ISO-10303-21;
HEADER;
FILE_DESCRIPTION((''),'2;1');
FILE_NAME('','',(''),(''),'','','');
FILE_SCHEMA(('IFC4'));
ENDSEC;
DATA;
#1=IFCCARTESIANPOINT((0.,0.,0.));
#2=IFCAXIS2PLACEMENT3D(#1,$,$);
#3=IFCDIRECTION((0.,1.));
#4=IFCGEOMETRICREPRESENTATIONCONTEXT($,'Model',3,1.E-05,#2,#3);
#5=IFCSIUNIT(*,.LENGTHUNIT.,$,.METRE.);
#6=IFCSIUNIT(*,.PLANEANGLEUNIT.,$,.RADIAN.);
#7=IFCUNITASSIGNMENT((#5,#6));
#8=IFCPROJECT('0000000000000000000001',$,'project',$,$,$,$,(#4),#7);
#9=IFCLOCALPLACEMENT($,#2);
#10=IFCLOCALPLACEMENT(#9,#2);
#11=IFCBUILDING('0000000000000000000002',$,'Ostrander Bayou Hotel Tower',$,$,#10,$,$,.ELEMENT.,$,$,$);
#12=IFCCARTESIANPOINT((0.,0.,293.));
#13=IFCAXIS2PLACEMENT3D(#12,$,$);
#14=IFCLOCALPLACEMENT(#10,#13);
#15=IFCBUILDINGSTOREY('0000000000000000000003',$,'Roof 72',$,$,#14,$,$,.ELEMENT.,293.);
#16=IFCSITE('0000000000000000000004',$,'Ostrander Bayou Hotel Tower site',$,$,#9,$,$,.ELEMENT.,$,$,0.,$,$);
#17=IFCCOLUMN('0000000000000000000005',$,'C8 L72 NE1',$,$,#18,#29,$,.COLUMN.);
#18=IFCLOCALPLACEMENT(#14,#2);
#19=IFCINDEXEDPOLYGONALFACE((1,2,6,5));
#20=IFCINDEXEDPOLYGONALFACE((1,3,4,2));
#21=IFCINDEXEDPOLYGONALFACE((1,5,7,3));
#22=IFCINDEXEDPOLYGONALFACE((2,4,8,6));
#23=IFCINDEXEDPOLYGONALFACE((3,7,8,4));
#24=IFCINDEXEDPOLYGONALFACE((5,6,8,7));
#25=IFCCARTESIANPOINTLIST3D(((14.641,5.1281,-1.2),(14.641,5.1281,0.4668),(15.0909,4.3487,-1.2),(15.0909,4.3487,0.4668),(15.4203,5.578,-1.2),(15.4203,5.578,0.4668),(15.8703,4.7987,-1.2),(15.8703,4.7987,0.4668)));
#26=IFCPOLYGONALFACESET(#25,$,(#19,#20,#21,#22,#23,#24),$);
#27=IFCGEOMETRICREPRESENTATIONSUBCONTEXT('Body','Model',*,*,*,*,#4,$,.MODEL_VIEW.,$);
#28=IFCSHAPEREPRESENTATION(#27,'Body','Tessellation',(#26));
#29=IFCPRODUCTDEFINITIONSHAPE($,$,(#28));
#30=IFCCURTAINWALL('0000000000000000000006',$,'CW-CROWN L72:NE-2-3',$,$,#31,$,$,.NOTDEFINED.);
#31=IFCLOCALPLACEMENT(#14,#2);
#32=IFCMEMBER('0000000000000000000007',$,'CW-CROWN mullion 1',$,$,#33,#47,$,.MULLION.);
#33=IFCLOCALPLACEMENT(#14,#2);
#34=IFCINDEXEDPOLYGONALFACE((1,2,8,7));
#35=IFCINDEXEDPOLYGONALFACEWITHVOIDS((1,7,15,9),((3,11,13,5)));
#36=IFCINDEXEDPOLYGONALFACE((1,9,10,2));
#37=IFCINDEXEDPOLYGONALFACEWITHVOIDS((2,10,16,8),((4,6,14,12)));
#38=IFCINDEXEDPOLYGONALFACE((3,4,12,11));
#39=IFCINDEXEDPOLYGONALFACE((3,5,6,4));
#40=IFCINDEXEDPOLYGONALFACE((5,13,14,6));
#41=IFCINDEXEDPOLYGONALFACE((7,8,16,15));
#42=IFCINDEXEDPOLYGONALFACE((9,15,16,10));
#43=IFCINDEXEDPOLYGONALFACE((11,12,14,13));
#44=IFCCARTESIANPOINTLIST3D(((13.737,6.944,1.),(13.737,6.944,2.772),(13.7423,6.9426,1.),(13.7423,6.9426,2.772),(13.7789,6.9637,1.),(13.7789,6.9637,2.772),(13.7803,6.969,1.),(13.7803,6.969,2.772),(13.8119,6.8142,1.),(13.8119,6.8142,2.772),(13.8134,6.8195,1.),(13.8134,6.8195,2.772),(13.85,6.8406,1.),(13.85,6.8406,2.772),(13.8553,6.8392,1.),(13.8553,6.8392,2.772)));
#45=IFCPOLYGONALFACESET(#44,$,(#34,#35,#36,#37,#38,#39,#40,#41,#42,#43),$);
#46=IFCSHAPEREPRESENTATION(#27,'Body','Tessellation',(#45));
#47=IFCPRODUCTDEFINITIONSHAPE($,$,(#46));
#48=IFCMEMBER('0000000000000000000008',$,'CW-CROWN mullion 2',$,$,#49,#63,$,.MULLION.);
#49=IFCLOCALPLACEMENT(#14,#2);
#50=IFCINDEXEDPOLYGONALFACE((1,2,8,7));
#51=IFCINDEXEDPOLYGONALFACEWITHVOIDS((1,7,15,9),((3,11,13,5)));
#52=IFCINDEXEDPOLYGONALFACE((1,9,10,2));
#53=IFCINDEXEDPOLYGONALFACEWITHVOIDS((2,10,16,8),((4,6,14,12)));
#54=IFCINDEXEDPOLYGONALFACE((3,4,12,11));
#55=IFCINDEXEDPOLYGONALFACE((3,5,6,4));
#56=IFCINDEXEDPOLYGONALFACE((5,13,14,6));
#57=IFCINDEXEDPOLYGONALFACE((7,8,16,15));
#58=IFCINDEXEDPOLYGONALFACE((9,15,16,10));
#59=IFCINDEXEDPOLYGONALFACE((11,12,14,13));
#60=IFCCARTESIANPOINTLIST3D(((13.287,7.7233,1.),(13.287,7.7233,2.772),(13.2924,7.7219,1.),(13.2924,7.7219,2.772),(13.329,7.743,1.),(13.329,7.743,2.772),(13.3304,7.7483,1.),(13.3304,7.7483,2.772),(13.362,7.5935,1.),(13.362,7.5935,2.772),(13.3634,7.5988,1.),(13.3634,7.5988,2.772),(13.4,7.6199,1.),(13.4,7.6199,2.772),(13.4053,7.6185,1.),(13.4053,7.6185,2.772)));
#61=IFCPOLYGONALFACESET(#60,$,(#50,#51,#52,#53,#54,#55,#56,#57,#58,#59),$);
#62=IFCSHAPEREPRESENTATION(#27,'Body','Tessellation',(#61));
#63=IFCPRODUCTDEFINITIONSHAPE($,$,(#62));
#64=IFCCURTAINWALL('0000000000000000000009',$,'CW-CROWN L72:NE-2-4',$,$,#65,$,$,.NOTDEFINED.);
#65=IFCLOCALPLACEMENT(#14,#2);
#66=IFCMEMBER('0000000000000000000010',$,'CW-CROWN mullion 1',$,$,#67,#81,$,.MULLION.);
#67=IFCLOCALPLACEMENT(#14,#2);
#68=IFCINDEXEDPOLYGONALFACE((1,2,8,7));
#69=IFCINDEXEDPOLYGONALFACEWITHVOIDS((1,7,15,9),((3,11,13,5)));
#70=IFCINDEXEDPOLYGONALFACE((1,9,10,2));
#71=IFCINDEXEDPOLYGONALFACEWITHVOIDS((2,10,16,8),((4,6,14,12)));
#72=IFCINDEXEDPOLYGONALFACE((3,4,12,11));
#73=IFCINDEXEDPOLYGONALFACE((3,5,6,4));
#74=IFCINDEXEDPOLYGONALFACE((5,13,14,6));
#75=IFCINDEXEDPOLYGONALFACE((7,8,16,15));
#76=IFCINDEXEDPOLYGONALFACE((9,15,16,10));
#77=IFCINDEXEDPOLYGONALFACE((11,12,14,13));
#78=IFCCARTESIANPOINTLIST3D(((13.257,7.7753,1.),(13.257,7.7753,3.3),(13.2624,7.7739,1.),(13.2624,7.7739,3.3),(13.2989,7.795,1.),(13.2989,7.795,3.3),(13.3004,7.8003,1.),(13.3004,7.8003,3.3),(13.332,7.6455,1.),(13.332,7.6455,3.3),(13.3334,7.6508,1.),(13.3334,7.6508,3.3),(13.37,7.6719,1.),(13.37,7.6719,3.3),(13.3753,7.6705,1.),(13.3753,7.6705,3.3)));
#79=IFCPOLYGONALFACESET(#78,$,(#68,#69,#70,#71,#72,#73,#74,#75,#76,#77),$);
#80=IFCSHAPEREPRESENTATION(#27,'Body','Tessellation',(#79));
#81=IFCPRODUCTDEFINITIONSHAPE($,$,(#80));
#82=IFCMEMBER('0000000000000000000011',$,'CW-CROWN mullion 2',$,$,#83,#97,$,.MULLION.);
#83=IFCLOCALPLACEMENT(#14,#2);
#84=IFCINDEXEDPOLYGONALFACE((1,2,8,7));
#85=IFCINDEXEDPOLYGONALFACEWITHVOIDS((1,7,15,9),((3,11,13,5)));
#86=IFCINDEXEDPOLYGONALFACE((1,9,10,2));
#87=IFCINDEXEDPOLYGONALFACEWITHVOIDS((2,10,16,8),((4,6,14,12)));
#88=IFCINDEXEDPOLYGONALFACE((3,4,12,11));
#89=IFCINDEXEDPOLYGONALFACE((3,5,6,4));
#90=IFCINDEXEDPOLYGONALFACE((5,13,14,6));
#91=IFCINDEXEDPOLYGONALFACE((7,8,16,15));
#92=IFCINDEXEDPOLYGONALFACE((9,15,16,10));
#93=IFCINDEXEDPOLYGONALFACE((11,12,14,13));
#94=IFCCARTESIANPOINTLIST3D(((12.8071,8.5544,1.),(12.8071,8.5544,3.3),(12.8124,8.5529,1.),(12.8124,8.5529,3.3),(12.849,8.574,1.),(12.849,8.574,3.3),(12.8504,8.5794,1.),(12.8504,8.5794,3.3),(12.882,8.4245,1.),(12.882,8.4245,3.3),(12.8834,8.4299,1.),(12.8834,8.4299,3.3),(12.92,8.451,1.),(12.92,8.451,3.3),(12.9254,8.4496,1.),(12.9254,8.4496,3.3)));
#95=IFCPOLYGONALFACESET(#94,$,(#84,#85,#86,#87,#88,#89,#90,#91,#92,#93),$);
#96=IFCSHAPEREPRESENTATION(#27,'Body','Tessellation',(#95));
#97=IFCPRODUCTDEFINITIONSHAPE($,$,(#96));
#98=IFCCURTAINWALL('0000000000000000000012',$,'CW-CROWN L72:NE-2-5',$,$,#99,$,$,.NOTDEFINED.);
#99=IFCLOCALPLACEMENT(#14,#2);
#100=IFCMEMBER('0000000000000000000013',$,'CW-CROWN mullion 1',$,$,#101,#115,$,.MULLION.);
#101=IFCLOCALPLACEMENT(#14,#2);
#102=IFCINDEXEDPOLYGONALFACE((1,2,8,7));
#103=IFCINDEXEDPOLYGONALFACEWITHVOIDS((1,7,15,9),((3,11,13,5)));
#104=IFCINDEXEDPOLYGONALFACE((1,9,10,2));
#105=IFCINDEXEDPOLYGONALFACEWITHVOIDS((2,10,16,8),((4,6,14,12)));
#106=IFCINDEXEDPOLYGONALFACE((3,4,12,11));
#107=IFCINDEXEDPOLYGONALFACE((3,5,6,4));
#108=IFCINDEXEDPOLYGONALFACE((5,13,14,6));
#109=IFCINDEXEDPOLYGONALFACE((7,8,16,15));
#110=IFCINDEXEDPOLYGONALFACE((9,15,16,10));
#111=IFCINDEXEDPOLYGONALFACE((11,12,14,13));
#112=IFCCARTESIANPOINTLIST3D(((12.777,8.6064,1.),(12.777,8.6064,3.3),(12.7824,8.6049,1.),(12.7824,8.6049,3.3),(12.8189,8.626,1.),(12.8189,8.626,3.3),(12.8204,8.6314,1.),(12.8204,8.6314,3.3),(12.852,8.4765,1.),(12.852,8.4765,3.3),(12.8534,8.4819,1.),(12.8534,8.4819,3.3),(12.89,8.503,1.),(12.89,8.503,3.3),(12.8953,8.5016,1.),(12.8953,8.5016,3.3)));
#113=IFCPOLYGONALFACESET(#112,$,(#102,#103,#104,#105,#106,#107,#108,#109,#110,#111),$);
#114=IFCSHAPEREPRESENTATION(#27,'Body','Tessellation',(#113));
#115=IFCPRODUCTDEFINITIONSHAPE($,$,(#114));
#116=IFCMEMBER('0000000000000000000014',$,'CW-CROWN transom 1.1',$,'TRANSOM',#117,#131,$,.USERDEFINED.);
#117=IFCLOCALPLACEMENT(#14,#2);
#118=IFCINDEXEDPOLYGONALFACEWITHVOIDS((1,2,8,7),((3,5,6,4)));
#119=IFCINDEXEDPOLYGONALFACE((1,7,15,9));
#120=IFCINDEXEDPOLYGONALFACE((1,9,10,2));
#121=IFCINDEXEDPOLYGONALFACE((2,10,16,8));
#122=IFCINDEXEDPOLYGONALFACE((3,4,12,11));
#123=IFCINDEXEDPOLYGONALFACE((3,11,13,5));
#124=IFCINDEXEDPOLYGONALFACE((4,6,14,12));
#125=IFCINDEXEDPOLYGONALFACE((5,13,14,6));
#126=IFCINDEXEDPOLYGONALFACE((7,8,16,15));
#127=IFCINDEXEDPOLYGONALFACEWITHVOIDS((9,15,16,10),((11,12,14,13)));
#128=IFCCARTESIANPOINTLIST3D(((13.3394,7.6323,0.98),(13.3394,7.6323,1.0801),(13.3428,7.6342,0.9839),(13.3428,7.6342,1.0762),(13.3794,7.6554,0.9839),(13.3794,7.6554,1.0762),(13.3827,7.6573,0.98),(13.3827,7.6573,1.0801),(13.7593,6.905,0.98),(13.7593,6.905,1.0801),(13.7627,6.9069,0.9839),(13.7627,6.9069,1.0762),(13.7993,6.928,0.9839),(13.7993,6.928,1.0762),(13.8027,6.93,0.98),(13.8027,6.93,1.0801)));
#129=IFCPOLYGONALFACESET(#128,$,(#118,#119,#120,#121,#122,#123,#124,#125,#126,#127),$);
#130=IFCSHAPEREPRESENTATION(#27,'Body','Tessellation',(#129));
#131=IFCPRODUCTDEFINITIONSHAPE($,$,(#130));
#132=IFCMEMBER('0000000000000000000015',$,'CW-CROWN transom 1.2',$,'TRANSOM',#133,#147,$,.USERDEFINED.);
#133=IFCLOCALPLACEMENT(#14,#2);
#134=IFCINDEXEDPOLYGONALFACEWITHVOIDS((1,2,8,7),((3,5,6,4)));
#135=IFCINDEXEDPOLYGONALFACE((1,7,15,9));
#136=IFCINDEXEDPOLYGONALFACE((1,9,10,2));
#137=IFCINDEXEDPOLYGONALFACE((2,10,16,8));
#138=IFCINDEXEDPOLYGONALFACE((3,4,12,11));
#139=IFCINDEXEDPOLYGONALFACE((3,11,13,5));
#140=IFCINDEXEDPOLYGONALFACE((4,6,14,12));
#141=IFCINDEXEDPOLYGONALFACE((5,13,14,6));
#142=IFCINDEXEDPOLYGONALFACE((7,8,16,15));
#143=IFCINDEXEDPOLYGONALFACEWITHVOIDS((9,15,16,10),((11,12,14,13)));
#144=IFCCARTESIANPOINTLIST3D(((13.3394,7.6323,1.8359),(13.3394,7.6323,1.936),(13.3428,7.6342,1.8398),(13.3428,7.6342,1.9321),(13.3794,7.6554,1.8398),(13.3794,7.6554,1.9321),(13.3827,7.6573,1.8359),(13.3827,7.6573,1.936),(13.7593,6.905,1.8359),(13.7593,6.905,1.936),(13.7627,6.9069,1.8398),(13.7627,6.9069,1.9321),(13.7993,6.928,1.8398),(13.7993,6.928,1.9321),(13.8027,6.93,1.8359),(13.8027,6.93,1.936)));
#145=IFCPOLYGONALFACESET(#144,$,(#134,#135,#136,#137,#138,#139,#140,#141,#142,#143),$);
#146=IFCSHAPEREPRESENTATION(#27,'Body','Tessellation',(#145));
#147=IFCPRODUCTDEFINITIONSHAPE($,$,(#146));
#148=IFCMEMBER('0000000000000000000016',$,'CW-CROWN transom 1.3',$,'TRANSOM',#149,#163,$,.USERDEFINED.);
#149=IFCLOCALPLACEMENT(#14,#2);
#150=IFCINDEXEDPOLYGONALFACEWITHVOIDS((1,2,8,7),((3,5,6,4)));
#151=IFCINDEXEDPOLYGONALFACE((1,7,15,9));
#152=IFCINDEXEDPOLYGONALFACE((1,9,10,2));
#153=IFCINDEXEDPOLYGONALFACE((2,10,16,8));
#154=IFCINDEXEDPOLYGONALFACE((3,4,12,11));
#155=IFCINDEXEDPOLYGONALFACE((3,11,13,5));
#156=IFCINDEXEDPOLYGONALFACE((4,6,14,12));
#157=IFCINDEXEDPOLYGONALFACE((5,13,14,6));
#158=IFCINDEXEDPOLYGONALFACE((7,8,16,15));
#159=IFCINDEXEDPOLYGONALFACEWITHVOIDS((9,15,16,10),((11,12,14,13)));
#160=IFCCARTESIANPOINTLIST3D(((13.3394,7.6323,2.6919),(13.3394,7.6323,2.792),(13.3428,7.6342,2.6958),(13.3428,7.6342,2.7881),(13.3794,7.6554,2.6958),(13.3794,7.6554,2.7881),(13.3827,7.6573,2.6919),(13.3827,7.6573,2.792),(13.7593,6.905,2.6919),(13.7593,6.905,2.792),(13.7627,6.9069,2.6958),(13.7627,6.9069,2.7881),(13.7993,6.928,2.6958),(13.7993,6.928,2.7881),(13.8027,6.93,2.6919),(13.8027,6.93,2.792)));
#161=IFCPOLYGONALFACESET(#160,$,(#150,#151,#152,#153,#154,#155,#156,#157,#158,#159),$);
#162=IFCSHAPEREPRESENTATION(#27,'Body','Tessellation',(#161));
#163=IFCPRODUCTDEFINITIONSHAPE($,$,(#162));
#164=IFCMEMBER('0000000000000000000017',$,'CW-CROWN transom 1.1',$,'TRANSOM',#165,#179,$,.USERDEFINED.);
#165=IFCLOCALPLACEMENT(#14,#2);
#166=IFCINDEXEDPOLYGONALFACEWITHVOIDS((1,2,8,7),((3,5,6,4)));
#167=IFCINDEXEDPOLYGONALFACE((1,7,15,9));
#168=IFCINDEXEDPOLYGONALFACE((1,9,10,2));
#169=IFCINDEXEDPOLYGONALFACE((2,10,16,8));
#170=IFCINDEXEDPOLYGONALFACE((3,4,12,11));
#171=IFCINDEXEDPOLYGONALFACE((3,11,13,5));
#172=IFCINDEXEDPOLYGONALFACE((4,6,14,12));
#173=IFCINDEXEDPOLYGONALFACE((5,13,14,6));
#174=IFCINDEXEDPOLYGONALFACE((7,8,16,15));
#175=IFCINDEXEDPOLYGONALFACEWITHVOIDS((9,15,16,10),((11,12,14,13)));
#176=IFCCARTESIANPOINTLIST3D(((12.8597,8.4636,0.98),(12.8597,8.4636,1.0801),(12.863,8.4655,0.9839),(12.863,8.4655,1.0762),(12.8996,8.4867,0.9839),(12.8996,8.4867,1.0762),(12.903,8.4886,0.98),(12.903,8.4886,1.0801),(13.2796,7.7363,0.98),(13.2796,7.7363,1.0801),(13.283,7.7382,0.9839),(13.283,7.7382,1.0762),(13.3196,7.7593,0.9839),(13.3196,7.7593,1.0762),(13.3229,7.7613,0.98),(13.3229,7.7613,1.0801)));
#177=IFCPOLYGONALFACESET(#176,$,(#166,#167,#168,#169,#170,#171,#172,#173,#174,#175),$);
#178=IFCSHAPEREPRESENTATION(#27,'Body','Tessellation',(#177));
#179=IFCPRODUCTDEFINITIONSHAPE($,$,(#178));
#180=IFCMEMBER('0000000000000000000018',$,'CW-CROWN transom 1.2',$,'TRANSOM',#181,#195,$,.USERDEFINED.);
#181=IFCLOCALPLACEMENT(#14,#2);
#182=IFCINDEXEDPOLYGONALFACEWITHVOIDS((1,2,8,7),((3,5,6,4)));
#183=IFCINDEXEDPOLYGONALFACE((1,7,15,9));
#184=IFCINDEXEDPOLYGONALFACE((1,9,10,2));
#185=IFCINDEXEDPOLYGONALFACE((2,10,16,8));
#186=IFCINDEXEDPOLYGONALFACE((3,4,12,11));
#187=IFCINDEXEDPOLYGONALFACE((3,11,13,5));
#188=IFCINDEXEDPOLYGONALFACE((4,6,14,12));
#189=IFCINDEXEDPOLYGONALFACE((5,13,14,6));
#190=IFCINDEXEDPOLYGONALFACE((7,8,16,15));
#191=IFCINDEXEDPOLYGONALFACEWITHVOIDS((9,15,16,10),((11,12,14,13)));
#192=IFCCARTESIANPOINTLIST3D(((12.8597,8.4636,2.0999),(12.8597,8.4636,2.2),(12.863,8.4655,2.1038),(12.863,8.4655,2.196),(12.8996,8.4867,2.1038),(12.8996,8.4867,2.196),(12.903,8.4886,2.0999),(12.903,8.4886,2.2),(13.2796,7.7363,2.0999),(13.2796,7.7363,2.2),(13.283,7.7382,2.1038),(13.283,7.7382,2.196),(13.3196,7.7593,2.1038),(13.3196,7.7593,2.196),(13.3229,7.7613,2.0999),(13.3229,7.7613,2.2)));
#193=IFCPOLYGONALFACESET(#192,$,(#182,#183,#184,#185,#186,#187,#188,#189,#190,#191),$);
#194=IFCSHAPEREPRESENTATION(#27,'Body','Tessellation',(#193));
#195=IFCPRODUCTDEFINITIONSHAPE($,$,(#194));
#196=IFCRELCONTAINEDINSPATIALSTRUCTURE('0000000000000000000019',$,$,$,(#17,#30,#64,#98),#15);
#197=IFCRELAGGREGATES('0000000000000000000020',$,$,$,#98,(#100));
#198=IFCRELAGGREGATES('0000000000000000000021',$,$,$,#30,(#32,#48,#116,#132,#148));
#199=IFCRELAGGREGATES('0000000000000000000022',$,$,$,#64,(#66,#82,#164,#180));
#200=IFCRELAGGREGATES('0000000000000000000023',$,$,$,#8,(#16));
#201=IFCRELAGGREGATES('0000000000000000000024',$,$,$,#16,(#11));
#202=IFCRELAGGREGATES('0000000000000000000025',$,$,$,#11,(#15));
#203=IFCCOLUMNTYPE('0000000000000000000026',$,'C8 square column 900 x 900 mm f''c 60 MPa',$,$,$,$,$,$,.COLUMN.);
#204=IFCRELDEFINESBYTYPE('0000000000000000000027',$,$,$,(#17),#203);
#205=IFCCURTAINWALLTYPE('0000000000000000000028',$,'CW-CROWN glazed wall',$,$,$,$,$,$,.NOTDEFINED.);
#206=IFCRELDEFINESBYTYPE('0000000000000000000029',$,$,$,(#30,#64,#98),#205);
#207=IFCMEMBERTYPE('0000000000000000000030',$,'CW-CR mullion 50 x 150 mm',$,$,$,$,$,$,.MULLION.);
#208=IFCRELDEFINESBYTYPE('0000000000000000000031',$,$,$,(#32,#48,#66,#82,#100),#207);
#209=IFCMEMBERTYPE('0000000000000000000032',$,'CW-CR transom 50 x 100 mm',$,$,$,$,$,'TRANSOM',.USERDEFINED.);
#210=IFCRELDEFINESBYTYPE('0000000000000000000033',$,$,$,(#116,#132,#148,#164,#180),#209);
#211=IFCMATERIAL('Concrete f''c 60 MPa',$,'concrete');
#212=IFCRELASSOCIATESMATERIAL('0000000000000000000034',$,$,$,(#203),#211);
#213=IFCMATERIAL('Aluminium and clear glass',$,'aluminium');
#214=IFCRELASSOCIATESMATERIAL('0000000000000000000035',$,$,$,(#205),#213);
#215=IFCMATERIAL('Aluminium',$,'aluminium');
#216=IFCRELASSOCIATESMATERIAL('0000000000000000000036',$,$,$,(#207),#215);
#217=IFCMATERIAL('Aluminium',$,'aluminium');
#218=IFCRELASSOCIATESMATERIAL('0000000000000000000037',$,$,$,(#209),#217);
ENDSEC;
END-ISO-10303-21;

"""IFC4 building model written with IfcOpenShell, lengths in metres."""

from ifc_helpers import new_model, si_unit, direction, frame, origin, origin_2d, place, context, subcontext, project, spatial, rectangle, hollow_rectangle, extrude, material, material_profile, profile_set, type_object, element, aggregate, save


model = new_model("IFC4")

# Units and contexts
model_context = context("Model", 3, precision=1e-05, world=origin(), true_north=direction((0.0, 1.0)))
body_context = subcontext(model_context, "Body", "Model", "MODEL_VIEW")
ifc_project = project(units=[si_unit("LENGTHUNIT", "METRE"), si_unit("PLANEANGLEUNIT", "RADIAN")], contexts=[model_context])

# Site, building, storey
site_placement = place(None, origin())
site = spatial("IfcSite", under=ifc_project, at=site_placement, Name="Ostrander Bayou Hotel Tower site", CompositionType="ELEMENT", RefElevation=0.0)
building_placement = place(site_placement, origin())
building = spatial("IfcBuilding", under=site, at=building_placement, Name="Ostrander Bayou Hotel Tower", CompositionType="ELEMENT")
storey_placement = place(building_placement, frame((0.0, 0.0, 293.0)))
storey = spatial("IfcBuildingStorey", under=building, at=storey_placement, Name="Roof 72", CompositionType="ELEMENT", Elevation=293.0)

# Column
ifc_material_1 = material(Name="Concrete f'c 60 MPa", Category="concrete")
ifc_material_profile_1 = material_profile(ifc_material_1, rectangle(XDim=0.8999, YDim=0.8999, at=origin_2d()))
ifc_profile_set_1 = profile_set([ifc_material_profile_1], Name="Concrete f'c 60 MPa")
column_type = type_object("IfcColumnType", Name="C8 square column 900 x 900 mm f'c 60 MPa", PredefinedType="COLUMN", material=ifc_profile_set_1)
column_placement = place(storey_placement, frame((15.2556, 4.9634, -1.2), z_axis=(0.0, 0.0, 1.0), x_axis=(0.5, -0.866025, 0.0)))
element("IfcColumn", 1, at=column_placement, inside=storey, type_object=column_type, Name="C8 L72 NE1", PredefinedType="COLUMN", context=body_context, shape_type="SweptSolid", body=[
    extrude(rectangle(XDim=0.8999, YDim=0.8999, at=origin_2d()), origin(), (0.0, 0.0, 1.0), 1.6667),
])

# Curtain walls, members
ifc_material_2 = material(Name="Aluminium and clear glass", Category="aluminium")
curtain_wall_type = type_object("IfcCurtainWallType", Name="CW-CROWN glazed wall", PredefinedType="NOTDEFINED", material=ifc_material_2)
curtain_wall_1_placement = place(storey_placement, origin())
curtain_wall_1 = element("IfcCurtainWall", 2, at=curtain_wall_1_placement, inside=storey, type_object=curtain_wall_type, Name="CW-CROWN L72:NE-2-3", PredefinedType="NOTDEFINED")
ifc_material_3 = material(Name="Aluminium", Category="aluminium")
ifc_material_profile_2 = material_profile(ifc_material_3, hollow_rectangle(XDim=0.05, YDim=0.1499, WallThickness=0.0039, at=origin_2d()))
ifc_profile_set_2 = profile_set([ifc_material_profile_2], Name="Aluminium")
member_type_1 = type_object("IfcMemberType", Name="CW-CR mullion 50 x 150 mm", PredefinedType="MULLION", material=ifc_profile_set_2)
member_1_placement = place(storey_placement, frame((13.7961, 6.8916, 1.0), z_axis=(0.0, 0.0, 1.0), x_axis=(-0.866049, -0.49996, 0.0)))
member_1 = element("IfcMember", 3, at=member_1_placement, type_object=member_type_1, Name="CW-CROWN mullion 1", PredefinedType="MULLION", context=body_context, shape_type="SweptSolid", body=[
    extrude(hollow_rectangle(XDim=0.05, YDim=0.1499, WallThickness=0.0039, at=origin_2d()), origin(), (0.0, 0.0, 1.0), 1.772),
])
member_2_placement = place(storey_placement, frame((13.3462, 7.6709, 1.0), z_axis=(0.0, 0.0, 1.0), x_axis=(-0.866049, -0.49996, 0.0)))
member_2 = element("IfcMember", 4, at=member_2_placement, type_object=member_type_1, Name="CW-CROWN mullion 2", PredefinedType="MULLION", context=body_context, shape_type="SweptSolid", body=[
    extrude(hollow_rectangle(XDim=0.05, YDim=0.1499, WallThickness=0.0039, at=origin_2d()), origin(), (0.0, 0.0, 1.0), 1.772),
])
curtain_wall_2_placement = place(storey_placement, origin())
curtain_wall_2 = element("IfcCurtainWall", 5, at=curtain_wall_2_placement, inside=storey, type_object=curtain_wall_type, Name="CW-CROWN L72:NE-2-4", PredefinedType="NOTDEFINED")
member_3_placement = place(storey_placement, frame((13.3162, 7.7229, 1.0), z_axis=(0.0, 0.0, 1.0), x_axis=(-0.866022, -0.500005, 0.0)))
member_3 = element("IfcMember", 6, at=member_3_placement, type_object=member_type_1, Name="CW-CROWN mullion 1", PredefinedType="MULLION", context=body_context, shape_type="SweptSolid", body=[
    extrude(hollow_rectangle(XDim=0.05, YDim=0.1499, WallThickness=0.0039, at=origin_2d()), origin(), (0.0, 0.0, 1.0), 2.3),
])
member_4_placement = place(storey_placement, frame((12.8662, 8.502, 1.0), z_axis=(0.0, 0.0, 1.0), x_axis=(-0.866022, -0.500005, 0.0)))
member_4 = element("IfcMember", 7, at=member_4_placement, type_object=member_type_1, Name="CW-CROWN mullion 2", PredefinedType="MULLION", context=body_context, shape_type="SweptSolid", body=[
    extrude(hollow_rectangle(XDim=0.05, YDim=0.1499, WallThickness=0.0039, at=origin_2d()), origin(), (0.0, 0.0, 1.0), 2.3),
])

# Curtain wall, member
curtain_wall_3_placement = place(storey_placement, origin())
curtain_wall_3 = element("IfcCurtainWall", 8, at=curtain_wall_3_placement, inside=storey, type_object=curtain_wall_type, Name="CW-CROWN L72:NE-2-5", PredefinedType="NOTDEFINED")
member_5_placement = place(storey_placement, frame((12.8362, 8.554, 1.0), z_axis=(0.0, 0.0, 1.0), x_axis=(-0.866022, -0.500005, 0.0)))
member_5 = element("IfcMember", 9, at=member_5_placement, type_object=member_type_1, Name="CW-CROWN mullion 1", PredefinedType="MULLION", context=body_context, shape_type="SweptSolid", body=[
    extrude(hollow_rectangle(XDim=0.05, YDim=0.1499, WallThickness=0.0039, at=origin_2d()), origin(), (0.0, 0.0, 1.0), 2.3),
])

# Members
ifc_material_4 = material(Name="Aluminium", Category="aluminium")
ifc_material_profile_3 = material_profile(ifc_material_4, hollow_rectangle(XDim=0.05, YDim=0.1001, WallThickness=0.0039, at=origin_2d()))
ifc_profile_set_3 = profile_set([ifc_material_profile_3], Name="Aluminium")
member_type_2 = type_object("IfcMemberType", Name="CW-CR transom 50 x 100 mm", ElementType="TRANSOM", PredefinedType="USERDEFINED", material=ifc_profile_set_3)
member_6_placement = place(storey_placement, frame((13.781, 6.9175, 1.03), z_axis=(-0.500016, 0.866016, 0.0), x_axis=(-0.866016, -0.500016, 0.0)))
member_6 = element("IfcMember", 10, at=member_6_placement, type_object=member_type_2, Name="CW-CROWN transom 1.1", ObjectType="TRANSOM", PredefinedType="USERDEFINED", context=body_context, shape_type="SweptSolid", body=[
    extrude(hollow_rectangle(XDim=0.05, YDim=0.1001, WallThickness=0.0039, at=origin_2d()), origin(), (0.0, 0.0, 1.0), 0.8398),
])
member_7_placement = place(storey_placement, frame((13.781, 6.9175, 1.886), z_axis=(-0.500016, 0.866016, 0.0), x_axis=(-0.866016, -0.500016, 0.0)))
member_7 = element("IfcMember", 11, at=member_7_placement, type_object=member_type_2, Name="CW-CROWN transom 1.2", ObjectType="TRANSOM", PredefinedType="USERDEFINED", context=body_context, shape_type="SweptSolid", body=[
    extrude(hollow_rectangle(XDim=0.05, YDim=0.1001, WallThickness=0.0039, at=origin_2d()), origin(), (0.0, 0.0, 1.0), 0.8398),
])
member_8_placement = place(storey_placement, frame((13.781, 6.9175, 2.7419), z_axis=(-0.500016, 0.866016, 0.0), x_axis=(-0.866016, -0.500016, 0.0)))
member_8 = element("IfcMember", 12, at=member_8_placement, type_object=member_type_2, Name="CW-CROWN transom 1.3", ObjectType="TRANSOM", PredefinedType="USERDEFINED", context=body_context, shape_type="SweptSolid", body=[
    extrude(hollow_rectangle(XDim=0.05, YDim=0.1001, WallThickness=0.0039, at=origin_2d()), origin(), (0.0, 0.0, 1.0), 0.8398),
])
member_9_placement = place(storey_placement, frame((13.3013, 7.7488, 1.03), z_axis=(-0.500016, 0.866016, 0.0), x_axis=(-0.866016, -0.500016, 0.0)))
member_9 = element("IfcMember", 13, at=member_9_placement, type_object=member_type_2, Name="CW-CROWN transom 1.1", ObjectType="TRANSOM", PredefinedType="USERDEFINED", context=body_context, shape_type="SweptSolid", body=[
    extrude(hollow_rectangle(XDim=0.05, YDim=0.1001, WallThickness=0.0039, at=origin_2d()), origin(), (0.0, 0.0, 1.0), 0.8398),
])
member_10_placement = place(storey_placement, frame((13.3013, 7.7488, 2.1499), z_axis=(-0.500016, 0.866016, 0.0), x_axis=(-0.866016, -0.500016, 0.0)))
member_10 = element("IfcMember", 14, at=member_10_placement, type_object=member_type_2, Name="CW-CROWN transom 1.2", ObjectType="TRANSOM", PredefinedType="USERDEFINED", context=body_context, shape_type="SweptSolid", body=[
    extrude(hollow_rectangle(XDim=0.05, YDim=0.1001, WallThickness=0.0039, at=origin_2d()), origin(), (0.0, 0.0, 1.0), 0.8398),
])
aggregate(curtain_wall_3, [member_5])

aggregate(curtain_wall_1, [member_1, member_2, member_6, member_7, member_8])
aggregate(curtain_wall_2, [member_3, member_4, member_9, member_10])

save(model, "model.ifc")
